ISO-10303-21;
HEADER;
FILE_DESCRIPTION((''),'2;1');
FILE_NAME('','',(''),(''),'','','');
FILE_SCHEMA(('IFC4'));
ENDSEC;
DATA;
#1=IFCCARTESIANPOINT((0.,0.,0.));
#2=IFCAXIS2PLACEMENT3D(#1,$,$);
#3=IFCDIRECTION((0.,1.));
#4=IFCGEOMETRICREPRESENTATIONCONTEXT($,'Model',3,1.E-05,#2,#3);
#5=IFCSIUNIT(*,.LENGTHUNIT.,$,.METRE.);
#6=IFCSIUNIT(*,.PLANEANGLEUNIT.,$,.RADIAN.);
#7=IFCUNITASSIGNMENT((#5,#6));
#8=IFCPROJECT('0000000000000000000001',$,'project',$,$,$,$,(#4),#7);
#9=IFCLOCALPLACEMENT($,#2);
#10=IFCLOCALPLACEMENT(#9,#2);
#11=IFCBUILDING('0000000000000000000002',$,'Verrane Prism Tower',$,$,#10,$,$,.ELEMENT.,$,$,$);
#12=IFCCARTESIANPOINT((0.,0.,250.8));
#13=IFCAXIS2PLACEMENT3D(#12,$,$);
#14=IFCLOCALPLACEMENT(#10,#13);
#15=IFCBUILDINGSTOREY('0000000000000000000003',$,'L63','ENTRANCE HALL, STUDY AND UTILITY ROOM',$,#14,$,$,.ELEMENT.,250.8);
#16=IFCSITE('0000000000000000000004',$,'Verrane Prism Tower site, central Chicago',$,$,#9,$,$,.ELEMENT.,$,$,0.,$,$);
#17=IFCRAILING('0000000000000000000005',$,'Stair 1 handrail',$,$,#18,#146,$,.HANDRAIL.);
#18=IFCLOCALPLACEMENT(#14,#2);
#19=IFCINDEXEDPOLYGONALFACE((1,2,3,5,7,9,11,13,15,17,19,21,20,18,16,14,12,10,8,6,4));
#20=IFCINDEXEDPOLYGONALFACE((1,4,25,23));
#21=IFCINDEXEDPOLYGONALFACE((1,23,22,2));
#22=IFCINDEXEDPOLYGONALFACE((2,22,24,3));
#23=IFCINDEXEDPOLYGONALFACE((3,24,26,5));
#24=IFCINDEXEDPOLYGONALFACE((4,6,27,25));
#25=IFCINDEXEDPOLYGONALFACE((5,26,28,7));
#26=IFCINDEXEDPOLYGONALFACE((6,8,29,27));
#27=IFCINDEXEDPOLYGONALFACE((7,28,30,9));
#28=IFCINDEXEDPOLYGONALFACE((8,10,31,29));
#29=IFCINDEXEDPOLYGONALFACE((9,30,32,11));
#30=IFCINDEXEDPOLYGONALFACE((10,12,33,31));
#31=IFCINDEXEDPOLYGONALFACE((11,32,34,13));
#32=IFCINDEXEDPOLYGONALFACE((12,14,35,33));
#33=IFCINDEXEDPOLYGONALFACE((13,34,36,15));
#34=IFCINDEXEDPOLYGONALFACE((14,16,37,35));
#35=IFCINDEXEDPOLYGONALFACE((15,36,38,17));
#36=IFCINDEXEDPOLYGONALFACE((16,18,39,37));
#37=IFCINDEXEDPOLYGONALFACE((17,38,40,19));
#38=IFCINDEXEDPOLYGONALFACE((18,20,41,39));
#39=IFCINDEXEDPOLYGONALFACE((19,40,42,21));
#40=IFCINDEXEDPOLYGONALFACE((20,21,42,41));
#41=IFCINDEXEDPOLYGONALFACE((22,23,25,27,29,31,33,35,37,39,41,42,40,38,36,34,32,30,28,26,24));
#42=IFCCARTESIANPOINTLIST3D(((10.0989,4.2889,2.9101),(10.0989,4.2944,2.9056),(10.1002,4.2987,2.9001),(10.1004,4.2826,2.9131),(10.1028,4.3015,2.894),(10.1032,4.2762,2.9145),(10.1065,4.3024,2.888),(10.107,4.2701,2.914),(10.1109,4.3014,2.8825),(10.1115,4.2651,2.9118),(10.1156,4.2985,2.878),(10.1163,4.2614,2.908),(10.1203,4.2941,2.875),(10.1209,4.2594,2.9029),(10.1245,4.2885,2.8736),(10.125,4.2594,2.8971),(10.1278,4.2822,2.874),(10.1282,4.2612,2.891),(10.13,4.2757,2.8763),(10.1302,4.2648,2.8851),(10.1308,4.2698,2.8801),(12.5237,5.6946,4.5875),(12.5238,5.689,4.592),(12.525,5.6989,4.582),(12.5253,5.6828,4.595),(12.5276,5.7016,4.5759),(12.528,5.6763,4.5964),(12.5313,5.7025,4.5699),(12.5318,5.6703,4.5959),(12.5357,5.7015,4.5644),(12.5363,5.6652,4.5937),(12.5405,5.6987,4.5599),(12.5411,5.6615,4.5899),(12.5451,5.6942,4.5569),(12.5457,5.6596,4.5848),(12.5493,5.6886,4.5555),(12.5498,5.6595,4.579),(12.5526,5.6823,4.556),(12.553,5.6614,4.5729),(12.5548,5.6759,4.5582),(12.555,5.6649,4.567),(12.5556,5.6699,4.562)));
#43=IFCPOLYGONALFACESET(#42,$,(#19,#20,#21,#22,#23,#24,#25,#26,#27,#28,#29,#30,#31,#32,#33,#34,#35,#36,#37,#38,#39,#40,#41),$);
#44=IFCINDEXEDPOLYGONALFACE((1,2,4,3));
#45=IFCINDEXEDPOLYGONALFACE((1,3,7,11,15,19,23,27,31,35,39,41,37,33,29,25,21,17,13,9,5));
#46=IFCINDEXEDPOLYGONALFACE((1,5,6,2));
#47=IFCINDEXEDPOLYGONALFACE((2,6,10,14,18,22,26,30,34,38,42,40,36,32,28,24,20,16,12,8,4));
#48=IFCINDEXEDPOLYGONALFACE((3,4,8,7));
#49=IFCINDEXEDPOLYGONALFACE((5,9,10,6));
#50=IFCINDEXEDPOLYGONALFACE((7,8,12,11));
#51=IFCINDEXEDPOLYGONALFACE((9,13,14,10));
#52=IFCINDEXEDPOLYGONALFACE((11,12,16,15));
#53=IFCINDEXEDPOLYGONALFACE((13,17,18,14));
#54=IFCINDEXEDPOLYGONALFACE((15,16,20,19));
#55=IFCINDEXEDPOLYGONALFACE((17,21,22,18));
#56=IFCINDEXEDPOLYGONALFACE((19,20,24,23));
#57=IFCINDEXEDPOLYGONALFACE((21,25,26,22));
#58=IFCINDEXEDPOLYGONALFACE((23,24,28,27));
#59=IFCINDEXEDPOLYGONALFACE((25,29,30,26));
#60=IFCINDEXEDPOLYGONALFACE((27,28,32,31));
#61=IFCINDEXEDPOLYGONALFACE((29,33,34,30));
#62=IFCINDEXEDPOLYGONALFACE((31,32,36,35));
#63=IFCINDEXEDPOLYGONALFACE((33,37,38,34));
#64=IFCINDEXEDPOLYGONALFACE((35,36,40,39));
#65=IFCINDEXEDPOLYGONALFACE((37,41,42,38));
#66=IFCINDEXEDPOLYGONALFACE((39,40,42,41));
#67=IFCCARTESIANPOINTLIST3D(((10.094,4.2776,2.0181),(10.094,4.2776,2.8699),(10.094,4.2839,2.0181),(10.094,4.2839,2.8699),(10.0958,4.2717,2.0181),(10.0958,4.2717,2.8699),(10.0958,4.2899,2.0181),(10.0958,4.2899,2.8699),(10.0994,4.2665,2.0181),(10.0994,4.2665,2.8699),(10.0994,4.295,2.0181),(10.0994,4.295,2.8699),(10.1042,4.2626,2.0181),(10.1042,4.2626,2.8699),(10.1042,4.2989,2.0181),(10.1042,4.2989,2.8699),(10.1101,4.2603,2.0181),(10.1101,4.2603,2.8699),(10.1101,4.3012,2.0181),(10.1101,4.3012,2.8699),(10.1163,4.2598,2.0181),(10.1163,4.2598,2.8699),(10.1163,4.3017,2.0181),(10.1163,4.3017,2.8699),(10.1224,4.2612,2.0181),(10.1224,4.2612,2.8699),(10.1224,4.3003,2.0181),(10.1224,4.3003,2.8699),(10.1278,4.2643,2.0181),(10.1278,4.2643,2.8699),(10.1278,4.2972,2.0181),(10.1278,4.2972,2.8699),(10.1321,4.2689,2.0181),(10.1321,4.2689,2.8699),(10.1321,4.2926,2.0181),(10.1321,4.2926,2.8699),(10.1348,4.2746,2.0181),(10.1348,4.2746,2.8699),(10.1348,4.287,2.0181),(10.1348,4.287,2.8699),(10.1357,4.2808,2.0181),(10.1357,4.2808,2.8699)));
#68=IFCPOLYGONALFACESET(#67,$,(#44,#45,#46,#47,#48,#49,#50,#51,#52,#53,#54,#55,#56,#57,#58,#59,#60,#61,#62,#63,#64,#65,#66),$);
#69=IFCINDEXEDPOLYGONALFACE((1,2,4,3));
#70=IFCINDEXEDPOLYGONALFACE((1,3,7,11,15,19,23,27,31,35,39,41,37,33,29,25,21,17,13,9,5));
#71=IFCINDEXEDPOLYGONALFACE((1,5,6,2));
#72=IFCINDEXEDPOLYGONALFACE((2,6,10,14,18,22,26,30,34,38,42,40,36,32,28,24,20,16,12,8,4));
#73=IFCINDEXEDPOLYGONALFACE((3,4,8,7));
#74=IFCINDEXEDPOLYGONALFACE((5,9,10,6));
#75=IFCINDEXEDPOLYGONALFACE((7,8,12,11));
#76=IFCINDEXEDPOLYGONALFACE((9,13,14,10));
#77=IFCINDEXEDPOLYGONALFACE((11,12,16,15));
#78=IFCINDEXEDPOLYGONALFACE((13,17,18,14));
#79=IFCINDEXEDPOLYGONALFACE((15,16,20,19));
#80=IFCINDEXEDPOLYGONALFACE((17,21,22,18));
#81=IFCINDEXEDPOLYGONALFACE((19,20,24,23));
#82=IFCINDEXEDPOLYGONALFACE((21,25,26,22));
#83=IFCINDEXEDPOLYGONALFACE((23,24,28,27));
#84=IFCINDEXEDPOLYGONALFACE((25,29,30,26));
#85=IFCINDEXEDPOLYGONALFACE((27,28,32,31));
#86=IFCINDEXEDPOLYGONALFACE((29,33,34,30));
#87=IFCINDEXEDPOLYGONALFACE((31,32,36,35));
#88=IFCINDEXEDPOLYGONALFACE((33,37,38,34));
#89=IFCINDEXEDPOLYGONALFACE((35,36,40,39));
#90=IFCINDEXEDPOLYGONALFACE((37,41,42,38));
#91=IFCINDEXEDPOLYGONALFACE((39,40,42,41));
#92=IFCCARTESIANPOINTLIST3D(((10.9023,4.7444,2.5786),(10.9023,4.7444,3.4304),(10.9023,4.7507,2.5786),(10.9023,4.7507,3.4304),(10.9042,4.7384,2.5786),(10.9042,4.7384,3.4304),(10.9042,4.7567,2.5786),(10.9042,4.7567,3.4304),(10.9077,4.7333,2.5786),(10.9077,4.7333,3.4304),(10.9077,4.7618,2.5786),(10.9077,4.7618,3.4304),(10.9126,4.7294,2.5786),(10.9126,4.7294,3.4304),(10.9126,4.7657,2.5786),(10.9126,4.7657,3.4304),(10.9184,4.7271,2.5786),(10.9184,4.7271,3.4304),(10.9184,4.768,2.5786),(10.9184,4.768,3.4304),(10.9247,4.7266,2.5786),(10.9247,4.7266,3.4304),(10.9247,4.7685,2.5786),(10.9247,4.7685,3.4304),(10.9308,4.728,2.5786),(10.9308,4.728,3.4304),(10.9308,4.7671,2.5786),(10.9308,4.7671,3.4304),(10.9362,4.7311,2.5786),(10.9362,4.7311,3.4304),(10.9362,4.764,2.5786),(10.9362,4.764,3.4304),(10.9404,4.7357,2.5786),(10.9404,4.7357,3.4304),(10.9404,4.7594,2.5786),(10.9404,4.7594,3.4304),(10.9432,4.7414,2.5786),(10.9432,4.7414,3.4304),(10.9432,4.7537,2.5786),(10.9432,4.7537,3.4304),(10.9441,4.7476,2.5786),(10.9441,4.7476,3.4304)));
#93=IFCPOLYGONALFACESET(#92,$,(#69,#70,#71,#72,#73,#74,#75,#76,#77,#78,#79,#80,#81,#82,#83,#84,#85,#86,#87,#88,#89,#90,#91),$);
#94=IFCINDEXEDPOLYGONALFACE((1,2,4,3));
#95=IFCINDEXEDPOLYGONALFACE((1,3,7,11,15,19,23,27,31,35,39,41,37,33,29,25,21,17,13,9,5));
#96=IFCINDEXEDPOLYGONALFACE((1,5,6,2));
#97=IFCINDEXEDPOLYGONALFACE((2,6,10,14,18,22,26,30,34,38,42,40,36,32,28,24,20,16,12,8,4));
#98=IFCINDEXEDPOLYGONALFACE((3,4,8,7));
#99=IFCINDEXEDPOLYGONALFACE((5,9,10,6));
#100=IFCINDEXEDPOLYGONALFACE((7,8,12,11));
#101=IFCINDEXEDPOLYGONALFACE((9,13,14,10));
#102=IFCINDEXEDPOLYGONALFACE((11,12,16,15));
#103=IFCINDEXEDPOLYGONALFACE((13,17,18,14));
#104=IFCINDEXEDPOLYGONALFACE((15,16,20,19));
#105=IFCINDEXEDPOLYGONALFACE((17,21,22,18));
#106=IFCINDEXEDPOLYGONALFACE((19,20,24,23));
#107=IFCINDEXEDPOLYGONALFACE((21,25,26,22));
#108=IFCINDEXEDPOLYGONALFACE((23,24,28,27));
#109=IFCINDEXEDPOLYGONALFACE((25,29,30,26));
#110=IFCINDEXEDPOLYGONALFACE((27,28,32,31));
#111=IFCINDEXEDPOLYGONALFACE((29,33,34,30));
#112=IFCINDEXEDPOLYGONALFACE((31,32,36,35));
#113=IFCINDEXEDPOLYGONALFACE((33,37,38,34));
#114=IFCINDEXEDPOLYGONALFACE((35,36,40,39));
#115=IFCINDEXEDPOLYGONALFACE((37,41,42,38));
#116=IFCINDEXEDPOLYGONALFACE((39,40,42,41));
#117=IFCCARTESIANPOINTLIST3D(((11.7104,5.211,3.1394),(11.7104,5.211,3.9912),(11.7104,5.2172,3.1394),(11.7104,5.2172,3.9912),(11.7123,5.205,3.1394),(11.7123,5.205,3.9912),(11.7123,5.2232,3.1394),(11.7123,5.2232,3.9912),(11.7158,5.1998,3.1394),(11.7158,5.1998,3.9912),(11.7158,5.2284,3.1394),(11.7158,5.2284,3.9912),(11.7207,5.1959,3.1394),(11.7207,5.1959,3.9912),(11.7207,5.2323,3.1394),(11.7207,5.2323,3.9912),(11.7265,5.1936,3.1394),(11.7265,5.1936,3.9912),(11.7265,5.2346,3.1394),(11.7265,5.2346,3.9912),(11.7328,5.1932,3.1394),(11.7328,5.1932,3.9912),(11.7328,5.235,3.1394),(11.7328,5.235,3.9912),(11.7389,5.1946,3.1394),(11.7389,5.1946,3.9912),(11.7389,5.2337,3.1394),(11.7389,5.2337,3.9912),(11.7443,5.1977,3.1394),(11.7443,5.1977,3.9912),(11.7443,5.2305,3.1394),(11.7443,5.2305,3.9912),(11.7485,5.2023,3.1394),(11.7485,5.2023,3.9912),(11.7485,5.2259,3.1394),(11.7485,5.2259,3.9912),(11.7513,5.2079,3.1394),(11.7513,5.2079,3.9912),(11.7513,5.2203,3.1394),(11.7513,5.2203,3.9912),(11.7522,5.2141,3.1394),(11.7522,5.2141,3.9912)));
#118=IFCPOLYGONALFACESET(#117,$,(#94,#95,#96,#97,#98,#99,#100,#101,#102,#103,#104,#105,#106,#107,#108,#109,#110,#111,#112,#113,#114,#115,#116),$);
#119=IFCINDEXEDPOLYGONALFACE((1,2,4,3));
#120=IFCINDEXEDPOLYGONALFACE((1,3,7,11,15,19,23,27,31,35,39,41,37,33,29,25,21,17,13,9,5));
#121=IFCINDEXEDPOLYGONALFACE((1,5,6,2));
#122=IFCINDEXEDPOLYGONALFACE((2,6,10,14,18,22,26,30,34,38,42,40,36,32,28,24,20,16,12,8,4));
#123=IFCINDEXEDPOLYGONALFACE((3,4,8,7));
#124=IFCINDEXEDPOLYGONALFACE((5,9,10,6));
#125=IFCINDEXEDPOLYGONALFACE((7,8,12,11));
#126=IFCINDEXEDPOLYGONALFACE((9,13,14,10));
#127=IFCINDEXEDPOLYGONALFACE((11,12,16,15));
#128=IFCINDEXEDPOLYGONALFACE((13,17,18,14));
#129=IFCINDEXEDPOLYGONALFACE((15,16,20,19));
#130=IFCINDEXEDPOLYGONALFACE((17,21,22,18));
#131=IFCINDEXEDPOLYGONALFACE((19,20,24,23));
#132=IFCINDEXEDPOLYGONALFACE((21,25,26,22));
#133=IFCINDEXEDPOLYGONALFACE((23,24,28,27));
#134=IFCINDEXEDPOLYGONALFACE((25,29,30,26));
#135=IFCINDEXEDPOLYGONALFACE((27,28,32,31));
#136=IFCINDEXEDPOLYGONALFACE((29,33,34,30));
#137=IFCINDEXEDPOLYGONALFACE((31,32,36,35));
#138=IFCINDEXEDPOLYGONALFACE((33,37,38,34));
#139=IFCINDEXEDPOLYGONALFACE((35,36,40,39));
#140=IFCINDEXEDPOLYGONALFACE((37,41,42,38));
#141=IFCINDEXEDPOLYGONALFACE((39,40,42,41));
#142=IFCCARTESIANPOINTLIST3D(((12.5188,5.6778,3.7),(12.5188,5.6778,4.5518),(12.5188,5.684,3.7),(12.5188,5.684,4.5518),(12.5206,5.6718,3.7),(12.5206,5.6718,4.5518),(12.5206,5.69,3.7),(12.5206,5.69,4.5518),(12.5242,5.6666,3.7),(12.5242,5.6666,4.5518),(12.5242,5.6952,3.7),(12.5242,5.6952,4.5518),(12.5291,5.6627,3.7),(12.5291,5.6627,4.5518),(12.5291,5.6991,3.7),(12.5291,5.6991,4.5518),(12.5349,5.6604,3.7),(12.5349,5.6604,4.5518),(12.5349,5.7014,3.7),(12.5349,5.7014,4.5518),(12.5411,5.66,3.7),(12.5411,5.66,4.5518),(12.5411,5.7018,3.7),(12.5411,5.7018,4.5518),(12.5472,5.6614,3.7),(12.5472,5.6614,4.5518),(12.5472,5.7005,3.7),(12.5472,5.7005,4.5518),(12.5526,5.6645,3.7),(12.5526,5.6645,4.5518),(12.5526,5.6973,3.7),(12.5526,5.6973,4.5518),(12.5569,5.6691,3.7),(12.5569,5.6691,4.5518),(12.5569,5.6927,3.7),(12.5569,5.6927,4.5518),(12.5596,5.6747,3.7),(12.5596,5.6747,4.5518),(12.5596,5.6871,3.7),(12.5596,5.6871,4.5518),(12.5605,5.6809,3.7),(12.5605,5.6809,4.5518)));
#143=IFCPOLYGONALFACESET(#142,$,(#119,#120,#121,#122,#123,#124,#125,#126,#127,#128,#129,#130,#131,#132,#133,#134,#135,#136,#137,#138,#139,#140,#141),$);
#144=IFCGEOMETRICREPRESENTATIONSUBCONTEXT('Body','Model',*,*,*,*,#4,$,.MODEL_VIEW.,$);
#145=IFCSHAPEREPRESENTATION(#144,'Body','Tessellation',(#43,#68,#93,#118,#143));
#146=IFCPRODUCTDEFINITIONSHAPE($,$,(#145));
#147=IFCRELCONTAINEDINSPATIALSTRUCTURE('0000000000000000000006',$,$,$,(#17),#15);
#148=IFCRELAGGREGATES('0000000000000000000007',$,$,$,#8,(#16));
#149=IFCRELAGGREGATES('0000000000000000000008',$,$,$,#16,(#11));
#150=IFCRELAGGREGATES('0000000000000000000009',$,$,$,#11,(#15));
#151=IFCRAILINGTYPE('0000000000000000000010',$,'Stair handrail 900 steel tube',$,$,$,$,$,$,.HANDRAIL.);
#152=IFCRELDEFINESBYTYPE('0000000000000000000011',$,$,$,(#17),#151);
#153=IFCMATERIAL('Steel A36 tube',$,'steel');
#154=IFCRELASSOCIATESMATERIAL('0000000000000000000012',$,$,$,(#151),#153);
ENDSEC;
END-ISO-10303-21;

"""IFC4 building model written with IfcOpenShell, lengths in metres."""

from ifc_helpers import new_model, si_unit, direction, frame, origin, origin_2d, place, context, subcontext, project, spatial, circle, extrude, material, type_object, element, save


model = new_model("IFC4")

# Units and contexts
model_context = context("Model", 3, precision=1e-05, world=origin(), true_north=direction((0.0, 1.0)))
body_context = subcontext(model_context, "Body", "Model", "MODEL_VIEW")
ifc_project = project(units=[si_unit("LENGTHUNIT", "METRE"), si_unit("PLANEANGLEUNIT", "RADIAN")], contexts=[model_context])

# Site, building, storey
site_placement = place(None, origin())
site = spatial("IfcSite", under=ifc_project, at=site_placement, Name="Verrane Prism Tower site, central Chicago", CompositionType="ELEMENT", RefElevation=0.0)
building_placement = place(site_placement, origin())
building = spatial("IfcBuilding", under=site, at=building_placement, Name="Verrane Prism Tower", CompositionType="ELEMENT")
storey_placement = place(building_placement, frame((0.0, 0.0, 250.8)))
storey = spatial("IfcBuildingStorey", under=building, at=storey_placement, Name="L63", Description="ENTRANCE HALL, STUDY AND UTILITY ROOM", CompositionType="ELEMENT", Elevation=250.8)

# Railing
ifc_material_1 = material(Name="Steel A36 tube", Category="steel")
railing_type_1 = type_object("IfcRailingType", Name="Stair handrail 900 steel tube", PredefinedType="HANDRAIL", material=ifc_material_1)
railing_1_placement = place(storey_placement, frame((10.1147, 4.2808, 2.0181)))
element("IfcRailing", 1, at=railing_1_placement, inside=storey, type_object=railing_type_1, Name="Stair 1 handrail", PredefinedType="HANDRAIL", context=body_context, shape_type="SweptSolid", body=[
    extrude(circle(Radius=0.0239, at=origin_2d()), frame((0.0, 0.0, 0.876), z_axis=(0.742367, 0.428662, 0.514918), x_axis=(-0.50005, 0.865997, 0.0)), (0.0, 0.0, 1.0), 3.2664),
    extrude(circle(Radius=0.021, at=origin_2d()), origin(), (0.0, 0.0, 1.0), 0.8518),
    extrude(circle(Radius=0.021, at=origin_2d()), frame((0.8083, 0.4668, 0.5605)), (0.0, 0.0, 1.0), 0.8518),
    extrude(circle(Radius=0.021, at=origin_2d()), frame((1.6165, 0.9333, 1.1213)), (0.0, 0.0, 1.0), 0.8518),
    extrude(circle(Radius=0.021, at=origin_2d()), frame((2.4248, 1.4001, 1.6819)), (0.0, 0.0, 1.0), 0.8518),
])

save(model, "model.ifc")
